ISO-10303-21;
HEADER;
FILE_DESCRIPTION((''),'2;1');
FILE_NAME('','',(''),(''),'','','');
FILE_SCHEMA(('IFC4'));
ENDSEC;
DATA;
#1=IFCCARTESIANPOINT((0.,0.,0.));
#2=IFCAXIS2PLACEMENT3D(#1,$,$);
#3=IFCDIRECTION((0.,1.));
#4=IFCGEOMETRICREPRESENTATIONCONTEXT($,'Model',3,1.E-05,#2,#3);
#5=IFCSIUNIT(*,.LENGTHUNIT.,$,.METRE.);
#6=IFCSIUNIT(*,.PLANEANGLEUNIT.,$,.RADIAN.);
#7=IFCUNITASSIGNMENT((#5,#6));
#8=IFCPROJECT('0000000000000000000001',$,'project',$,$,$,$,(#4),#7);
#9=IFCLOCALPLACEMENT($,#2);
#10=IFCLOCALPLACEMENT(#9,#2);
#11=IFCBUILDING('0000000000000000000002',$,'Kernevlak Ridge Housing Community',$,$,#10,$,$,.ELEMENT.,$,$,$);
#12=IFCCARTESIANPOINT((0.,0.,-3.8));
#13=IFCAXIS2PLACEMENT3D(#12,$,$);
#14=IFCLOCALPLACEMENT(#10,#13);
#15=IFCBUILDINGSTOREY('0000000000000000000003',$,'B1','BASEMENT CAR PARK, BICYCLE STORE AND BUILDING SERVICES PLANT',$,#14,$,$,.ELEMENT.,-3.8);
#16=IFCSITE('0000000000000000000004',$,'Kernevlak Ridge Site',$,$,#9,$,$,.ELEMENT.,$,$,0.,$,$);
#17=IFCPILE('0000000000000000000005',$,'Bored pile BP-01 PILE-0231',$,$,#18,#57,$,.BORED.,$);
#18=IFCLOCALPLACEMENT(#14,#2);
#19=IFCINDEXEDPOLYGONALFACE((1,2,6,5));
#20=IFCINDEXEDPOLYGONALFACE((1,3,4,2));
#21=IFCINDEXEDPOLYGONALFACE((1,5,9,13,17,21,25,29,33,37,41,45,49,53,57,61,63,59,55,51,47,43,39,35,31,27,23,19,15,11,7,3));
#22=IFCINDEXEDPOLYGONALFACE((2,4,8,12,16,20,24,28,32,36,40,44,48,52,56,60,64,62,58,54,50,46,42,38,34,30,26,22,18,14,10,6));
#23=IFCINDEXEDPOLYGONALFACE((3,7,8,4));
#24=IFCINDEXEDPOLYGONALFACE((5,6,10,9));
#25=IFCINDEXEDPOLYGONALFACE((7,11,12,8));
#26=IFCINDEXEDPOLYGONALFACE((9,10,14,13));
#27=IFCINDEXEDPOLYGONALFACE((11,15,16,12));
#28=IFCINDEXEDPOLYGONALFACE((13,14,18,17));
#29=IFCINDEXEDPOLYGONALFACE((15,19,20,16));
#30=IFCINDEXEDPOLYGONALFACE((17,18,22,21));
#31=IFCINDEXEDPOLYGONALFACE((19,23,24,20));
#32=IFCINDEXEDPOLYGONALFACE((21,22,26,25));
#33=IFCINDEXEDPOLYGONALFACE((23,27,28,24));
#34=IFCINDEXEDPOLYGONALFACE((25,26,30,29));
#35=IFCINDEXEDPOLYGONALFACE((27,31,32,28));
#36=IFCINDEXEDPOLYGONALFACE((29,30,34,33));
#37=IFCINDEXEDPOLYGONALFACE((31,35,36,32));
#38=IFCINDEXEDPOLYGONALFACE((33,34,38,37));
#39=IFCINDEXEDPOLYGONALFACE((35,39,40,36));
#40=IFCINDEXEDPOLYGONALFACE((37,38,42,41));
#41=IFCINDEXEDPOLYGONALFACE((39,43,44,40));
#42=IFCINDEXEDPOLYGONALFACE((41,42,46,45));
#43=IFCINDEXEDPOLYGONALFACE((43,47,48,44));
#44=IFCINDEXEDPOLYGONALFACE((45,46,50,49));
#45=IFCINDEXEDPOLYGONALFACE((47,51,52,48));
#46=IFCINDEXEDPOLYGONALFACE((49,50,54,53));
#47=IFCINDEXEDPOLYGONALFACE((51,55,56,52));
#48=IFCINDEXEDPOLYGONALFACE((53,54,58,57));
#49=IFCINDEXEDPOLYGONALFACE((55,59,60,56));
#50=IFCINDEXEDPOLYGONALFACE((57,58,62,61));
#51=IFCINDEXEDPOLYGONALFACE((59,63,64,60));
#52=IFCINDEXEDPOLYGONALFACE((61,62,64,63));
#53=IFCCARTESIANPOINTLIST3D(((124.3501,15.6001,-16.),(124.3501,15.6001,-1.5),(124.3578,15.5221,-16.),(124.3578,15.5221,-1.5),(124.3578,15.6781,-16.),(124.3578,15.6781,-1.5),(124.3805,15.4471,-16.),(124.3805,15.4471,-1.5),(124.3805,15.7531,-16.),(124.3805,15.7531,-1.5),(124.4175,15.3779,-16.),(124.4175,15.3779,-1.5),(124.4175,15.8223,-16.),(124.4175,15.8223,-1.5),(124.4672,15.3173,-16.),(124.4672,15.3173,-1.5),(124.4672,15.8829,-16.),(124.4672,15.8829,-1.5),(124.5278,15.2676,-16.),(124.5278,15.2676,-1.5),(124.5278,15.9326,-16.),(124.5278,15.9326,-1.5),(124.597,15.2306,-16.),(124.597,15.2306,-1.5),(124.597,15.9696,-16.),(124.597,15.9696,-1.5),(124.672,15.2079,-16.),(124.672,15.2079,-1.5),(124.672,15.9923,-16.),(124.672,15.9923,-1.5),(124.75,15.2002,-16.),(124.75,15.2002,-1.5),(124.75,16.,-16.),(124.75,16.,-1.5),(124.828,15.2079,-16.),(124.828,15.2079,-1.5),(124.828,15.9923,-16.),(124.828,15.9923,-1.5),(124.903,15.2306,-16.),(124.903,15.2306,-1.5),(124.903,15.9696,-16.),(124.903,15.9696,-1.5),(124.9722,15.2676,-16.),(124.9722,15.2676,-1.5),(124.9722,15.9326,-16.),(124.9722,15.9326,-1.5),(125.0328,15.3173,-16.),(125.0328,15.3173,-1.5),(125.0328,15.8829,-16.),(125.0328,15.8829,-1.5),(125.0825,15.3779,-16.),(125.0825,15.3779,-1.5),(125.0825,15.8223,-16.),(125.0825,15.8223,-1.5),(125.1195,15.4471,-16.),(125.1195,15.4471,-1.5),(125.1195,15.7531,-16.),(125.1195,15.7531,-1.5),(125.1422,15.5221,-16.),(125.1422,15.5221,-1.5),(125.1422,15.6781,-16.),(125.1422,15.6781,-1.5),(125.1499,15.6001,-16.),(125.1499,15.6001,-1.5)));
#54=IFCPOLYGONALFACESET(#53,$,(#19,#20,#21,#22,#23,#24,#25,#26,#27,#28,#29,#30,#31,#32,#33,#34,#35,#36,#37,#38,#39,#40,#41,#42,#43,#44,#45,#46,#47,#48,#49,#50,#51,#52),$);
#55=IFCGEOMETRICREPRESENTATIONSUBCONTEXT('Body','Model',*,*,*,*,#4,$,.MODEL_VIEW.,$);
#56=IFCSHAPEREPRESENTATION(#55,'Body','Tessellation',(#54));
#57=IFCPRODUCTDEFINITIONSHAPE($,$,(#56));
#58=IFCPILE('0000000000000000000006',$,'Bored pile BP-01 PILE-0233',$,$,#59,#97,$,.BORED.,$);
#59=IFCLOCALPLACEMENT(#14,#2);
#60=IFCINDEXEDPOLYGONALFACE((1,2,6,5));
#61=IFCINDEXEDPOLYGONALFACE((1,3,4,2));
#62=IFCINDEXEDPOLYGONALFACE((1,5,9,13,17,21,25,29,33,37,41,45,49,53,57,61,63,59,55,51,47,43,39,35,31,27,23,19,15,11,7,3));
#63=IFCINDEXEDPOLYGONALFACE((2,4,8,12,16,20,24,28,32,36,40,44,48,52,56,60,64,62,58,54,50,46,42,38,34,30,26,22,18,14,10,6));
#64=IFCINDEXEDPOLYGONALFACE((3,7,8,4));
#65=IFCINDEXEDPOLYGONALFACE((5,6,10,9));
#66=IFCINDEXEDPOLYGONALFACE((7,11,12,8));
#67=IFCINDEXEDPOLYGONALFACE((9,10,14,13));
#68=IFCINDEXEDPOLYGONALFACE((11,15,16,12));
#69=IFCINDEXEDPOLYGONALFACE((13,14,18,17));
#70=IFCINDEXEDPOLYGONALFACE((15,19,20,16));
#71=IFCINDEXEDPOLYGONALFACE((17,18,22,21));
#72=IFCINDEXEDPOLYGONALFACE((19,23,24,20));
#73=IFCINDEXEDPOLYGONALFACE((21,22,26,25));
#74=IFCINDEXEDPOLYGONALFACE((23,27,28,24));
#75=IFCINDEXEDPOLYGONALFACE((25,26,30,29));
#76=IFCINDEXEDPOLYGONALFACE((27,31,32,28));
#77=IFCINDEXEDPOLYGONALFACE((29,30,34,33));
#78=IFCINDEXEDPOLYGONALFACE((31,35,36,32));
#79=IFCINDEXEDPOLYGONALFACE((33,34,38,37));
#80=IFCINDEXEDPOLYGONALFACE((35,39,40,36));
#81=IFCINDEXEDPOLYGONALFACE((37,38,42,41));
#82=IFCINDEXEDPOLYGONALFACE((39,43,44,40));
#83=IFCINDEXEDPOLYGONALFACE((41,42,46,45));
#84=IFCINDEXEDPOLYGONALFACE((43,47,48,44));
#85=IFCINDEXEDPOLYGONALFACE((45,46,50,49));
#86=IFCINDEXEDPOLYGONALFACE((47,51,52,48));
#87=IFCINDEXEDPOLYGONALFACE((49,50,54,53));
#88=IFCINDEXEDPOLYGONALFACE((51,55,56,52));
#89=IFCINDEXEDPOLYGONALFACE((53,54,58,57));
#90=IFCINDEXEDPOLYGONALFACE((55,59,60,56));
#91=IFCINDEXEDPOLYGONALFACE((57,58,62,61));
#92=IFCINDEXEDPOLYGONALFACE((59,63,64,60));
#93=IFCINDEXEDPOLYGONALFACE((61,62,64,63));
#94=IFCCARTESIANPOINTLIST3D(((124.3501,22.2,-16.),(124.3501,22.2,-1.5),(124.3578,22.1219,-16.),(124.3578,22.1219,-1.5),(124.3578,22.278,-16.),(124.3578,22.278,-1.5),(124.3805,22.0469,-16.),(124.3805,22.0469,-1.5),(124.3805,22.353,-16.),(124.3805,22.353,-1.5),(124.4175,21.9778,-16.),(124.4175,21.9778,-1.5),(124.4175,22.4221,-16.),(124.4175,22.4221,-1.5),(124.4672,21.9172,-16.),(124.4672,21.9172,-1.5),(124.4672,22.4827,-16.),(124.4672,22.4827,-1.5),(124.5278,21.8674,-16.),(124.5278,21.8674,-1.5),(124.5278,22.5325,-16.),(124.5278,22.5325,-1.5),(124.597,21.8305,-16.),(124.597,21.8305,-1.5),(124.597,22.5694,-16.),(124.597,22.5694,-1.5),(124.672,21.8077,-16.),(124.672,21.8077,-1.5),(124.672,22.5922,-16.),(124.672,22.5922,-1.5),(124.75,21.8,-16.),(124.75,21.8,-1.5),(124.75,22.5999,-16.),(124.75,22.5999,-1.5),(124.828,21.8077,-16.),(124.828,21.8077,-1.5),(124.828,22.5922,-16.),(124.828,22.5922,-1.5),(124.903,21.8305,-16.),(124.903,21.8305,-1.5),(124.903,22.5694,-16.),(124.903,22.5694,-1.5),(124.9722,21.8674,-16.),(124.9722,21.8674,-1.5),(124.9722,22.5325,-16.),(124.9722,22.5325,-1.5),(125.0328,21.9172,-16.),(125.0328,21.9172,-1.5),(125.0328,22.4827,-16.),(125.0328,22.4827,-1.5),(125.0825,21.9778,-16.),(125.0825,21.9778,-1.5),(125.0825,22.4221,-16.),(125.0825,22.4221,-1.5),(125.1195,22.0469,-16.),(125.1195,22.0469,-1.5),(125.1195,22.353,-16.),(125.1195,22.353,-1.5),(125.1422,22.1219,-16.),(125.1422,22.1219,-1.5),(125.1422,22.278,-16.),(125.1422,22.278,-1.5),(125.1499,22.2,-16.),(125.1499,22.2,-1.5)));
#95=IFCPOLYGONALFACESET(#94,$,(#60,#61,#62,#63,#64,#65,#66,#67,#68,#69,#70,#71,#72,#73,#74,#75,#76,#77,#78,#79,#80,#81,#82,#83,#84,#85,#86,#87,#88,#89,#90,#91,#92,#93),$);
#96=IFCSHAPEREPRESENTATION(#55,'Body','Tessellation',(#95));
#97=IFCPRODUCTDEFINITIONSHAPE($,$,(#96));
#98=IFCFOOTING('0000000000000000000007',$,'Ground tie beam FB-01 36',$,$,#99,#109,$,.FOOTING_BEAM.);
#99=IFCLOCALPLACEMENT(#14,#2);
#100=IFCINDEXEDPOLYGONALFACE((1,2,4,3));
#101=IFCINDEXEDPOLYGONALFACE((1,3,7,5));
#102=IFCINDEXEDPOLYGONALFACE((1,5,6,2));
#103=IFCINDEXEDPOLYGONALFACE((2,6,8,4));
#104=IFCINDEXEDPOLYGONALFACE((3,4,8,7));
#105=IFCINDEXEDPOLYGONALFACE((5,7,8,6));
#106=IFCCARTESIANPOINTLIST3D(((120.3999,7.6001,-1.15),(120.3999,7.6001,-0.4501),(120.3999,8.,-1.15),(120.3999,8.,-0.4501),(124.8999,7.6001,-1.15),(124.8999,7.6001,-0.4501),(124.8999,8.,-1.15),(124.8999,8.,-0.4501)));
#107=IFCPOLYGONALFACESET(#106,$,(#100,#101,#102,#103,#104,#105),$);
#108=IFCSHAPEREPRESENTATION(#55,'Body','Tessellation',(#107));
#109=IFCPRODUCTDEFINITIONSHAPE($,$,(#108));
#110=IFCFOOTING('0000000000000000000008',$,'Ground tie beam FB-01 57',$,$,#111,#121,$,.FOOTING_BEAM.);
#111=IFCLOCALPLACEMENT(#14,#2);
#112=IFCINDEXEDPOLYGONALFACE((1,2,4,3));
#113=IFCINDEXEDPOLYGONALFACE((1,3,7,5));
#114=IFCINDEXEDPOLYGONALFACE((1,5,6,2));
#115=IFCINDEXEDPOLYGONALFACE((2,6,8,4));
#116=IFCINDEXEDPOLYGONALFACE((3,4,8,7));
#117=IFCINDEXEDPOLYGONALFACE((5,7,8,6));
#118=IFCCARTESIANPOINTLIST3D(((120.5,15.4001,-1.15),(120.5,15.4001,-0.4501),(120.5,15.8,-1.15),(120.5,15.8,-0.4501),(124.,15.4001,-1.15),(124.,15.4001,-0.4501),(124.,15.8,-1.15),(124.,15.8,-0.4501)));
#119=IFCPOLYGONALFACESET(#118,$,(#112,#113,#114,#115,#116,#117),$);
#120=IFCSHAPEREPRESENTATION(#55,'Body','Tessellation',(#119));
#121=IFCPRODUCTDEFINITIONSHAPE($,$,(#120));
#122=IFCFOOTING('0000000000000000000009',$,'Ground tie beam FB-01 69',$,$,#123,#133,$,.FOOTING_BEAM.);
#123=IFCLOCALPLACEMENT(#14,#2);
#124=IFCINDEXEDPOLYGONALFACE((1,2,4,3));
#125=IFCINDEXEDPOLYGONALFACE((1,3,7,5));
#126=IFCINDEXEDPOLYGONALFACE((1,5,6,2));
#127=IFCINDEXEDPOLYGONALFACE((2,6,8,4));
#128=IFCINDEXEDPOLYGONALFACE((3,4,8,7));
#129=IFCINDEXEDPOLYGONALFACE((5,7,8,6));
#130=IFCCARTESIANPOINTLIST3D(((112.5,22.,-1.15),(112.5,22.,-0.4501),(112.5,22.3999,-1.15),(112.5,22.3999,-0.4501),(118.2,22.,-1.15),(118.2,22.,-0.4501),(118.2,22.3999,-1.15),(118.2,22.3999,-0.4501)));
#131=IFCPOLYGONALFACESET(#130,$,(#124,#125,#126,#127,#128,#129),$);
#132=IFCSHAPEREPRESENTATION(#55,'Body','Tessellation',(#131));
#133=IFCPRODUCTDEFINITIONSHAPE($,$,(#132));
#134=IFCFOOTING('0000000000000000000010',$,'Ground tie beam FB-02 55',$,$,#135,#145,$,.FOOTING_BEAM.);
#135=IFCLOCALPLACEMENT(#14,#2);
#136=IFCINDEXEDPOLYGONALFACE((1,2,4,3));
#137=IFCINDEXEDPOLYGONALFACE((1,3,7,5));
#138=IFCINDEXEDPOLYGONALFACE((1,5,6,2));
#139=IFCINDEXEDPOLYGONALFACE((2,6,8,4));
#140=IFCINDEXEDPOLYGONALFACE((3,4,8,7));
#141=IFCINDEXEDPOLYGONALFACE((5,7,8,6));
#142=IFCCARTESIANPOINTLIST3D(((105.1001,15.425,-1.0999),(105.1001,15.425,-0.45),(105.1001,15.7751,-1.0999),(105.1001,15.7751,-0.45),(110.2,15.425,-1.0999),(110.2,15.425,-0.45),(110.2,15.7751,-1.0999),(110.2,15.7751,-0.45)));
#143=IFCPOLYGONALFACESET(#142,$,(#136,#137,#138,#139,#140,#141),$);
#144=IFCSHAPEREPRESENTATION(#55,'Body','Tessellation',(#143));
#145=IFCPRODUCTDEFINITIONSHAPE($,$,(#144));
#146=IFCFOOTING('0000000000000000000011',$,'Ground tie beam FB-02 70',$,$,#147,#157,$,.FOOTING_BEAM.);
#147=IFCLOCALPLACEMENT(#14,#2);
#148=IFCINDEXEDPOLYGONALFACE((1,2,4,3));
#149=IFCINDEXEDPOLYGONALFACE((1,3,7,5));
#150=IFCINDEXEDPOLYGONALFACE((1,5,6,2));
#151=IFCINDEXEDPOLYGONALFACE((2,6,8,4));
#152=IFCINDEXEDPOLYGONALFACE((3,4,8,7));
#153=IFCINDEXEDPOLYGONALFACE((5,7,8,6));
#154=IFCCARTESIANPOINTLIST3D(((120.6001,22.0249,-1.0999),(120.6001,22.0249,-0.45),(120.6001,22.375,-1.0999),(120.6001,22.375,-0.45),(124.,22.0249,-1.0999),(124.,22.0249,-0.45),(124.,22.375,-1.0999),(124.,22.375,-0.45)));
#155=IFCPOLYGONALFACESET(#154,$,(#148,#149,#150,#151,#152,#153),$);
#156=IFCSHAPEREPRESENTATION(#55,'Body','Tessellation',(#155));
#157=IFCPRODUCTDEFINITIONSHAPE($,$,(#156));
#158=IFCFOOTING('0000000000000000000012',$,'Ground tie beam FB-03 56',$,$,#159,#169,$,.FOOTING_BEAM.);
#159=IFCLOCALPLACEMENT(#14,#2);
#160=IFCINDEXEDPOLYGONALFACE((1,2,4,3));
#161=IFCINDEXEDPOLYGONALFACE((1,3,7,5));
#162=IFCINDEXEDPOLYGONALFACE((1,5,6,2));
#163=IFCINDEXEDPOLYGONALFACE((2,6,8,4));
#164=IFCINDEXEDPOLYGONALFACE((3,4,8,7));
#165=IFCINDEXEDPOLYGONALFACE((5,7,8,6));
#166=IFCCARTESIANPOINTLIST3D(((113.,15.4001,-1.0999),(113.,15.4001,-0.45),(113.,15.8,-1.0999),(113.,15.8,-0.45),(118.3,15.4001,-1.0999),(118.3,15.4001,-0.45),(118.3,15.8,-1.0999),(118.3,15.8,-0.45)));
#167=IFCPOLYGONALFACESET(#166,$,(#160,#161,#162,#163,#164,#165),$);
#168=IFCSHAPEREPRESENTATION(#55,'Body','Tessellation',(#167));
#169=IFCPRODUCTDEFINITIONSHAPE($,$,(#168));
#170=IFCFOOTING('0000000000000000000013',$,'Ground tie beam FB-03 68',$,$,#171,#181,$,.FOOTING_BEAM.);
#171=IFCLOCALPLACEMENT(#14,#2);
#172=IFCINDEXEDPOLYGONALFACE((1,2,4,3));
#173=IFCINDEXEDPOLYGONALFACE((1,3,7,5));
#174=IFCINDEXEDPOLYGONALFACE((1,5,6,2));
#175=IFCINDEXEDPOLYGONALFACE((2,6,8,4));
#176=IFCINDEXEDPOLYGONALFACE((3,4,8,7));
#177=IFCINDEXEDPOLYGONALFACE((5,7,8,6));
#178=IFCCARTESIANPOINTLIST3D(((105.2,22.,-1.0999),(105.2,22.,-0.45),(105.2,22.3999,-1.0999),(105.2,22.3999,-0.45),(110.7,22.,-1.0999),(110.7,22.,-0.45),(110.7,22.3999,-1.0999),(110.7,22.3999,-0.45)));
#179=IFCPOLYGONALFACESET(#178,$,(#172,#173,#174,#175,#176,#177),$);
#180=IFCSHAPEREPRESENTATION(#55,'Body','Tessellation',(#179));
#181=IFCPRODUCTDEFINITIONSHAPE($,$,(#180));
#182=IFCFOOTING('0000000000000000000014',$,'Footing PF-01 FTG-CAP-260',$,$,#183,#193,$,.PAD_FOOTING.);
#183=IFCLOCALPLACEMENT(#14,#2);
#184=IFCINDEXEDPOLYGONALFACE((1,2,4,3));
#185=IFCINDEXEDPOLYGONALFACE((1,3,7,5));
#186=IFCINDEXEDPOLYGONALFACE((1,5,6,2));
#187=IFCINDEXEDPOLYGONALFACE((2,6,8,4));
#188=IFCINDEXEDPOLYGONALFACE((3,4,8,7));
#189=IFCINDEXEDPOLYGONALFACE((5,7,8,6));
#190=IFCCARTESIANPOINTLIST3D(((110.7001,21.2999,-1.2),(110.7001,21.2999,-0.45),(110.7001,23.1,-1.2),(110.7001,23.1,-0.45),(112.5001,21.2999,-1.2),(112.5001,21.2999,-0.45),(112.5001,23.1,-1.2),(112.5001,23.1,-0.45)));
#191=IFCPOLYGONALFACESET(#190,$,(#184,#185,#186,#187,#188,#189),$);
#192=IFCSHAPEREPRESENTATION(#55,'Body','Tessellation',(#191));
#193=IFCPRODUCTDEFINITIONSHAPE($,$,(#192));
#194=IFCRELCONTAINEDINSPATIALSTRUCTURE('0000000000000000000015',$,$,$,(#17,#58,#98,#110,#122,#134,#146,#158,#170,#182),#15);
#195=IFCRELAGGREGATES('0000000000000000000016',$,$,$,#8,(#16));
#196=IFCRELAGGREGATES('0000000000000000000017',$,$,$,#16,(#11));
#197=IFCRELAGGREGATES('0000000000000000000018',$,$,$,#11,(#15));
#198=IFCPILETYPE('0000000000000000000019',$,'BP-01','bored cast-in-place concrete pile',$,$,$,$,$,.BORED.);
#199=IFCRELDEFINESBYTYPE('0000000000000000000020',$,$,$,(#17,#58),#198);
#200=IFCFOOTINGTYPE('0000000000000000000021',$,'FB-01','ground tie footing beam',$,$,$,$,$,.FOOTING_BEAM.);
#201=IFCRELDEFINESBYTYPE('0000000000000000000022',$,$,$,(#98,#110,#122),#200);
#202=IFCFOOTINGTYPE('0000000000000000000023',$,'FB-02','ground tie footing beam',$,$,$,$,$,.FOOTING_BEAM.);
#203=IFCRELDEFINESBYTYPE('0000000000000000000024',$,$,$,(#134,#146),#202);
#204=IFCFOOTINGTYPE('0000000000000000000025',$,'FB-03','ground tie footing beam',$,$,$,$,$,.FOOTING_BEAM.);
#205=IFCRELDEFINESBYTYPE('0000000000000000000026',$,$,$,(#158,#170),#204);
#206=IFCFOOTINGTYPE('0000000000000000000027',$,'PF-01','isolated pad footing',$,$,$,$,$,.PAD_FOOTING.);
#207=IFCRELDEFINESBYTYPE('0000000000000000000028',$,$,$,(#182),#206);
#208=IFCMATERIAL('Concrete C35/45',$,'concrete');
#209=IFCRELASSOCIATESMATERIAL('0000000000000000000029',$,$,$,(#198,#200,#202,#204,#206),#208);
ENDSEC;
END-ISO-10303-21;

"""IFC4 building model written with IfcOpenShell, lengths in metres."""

from ifc_helpers import new_model, si_unit, direction, frame, origin, origin_2d, place, context, subcontext, project, spatial, rectangle, circle, extrude, material, material_profile, profile_set, type_object, element, save


model = new_model("IFC4")

# Units and contexts
model_context = context("Model", 3, precision=1e-05, world=origin(), true_north=direction((0.0, 1.0)))
body_context = subcontext(model_context, "Body", "Model", "MODEL_VIEW")
ifc_project = project(units=[si_unit("LENGTHUNIT", "METRE"), si_unit("PLANEANGLEUNIT", "RADIAN")], contexts=[model_context])

# Site, building, storey
site_placement = place(None, origin())
site = spatial("IfcSite", under=ifc_project, at=site_placement, Name="Kernevlak Ridge Site", CompositionType="ELEMENT", RefElevation=0.0)
building_placement = place(site_placement, origin())
building = spatial("IfcBuilding", under=site, at=building_placement, Name="Kernevlak Ridge Housing Community", CompositionType="ELEMENT")
storey_placement = place(building_placement, frame((0.0, 0.0, -3.8)))
storey = spatial("IfcBuildingStorey", under=building, at=storey_placement, Name="B1", Description="BASEMENT CAR PARK, BICYCLE STORE AND BUILDING SERVICES PLANT", CompositionType="ELEMENT", Elevation=-3.8)

# Piles
ifc_material_1 = material(Name="Concrete C35/45", Category="concrete")
ifc_material_profile_1 = material_profile(ifc_material_1, circle(Radius=0.3999, at=origin_2d()), Name="BORED PILE 800")
ifc_profile_set_1 = profile_set([ifc_material_profile_1], Name="Concrete C35/45")
pile_type = type_object("IfcPileType", Name="BP-01", Description="bored cast-in-place concrete pile", PredefinedType="BORED", material=ifc_profile_set_1)
for number, where, z_axis, x_axis, name in (
    (1, (124.75, 15.6001, -1.5), (0.0, 0.0, -1.0), (1.0, 0.0, 0.0), "Bored pile BP-01 PILE-0231"),
    (2, (124.75, 22.2, -1.5), (0.0, 0.0, -1.0), (1.0, 0.0, 0.0), "Bored pile BP-01 PILE-0233"),
):
    element("IfcPile", number, at=place(storey_placement, frame(where, z_axis=z_axis, x_axis=x_axis)), inside=storey, type_object=pile_type, Name=name, PredefinedType="BORED", context=body_context, shape_type="SweptSolid", body=[
        extrude(circle(Radius=0.3999, at=origin_2d()), origin(), (0.0, 0.0, 1.0), 14.5),
    ])

# Footings
ifc_material_profile_2 = material_profile(ifc_material_1, rectangle(XDim=0.3999, YDim=0.7, at=origin_2d()), Name="RC 400x700")
ifc_profile_set_2 = profile_set([ifc_material_profile_2], Name="Concrete C35/45")
footing_type_1 = type_object("IfcFootingType", Name="FB-01", Description="ground tie footing beam", PredefinedType="FOOTING_BEAM", material=ifc_profile_set_2)
footing_1_placement = place(storey_placement, frame((120.3999, 7.8, -0.8), z_axis=(1.0, 0.0, 0.0), x_axis=(0.0, 1.0, 0.0)))
element("IfcFooting", 3, at=footing_1_placement, inside=storey, type_object=footing_type_1, Name="Ground tie beam FB-01 36", PredefinedType="FOOTING_BEAM", context=body_context, shape_type="SweptSolid", body=[
    extrude(rectangle(XDim=0.3999, YDim=0.7, at=origin_2d()), origin(), (0.0, 0.0, 1.0), 4.5),
])
footing_2_placement = place(storey_placement, frame((120.5, 15.6001, -0.8), z_axis=(1.0, 0.0, 0.0), x_axis=(0.0, 1.0, 0.0)))
element("IfcFooting", 4, at=footing_2_placement, inside=storey, type_object=footing_type_1, Name="Ground tie beam FB-01 57", PredefinedType="FOOTING_BEAM", context=body_context, shape_type="SweptSolid", body=[
    extrude(rectangle(XDim=0.3999, YDim=0.7, at=origin_2d()), origin(), (0.0, 0.0, 1.0), 3.5),
])
footing_3_placement = place(storey_placement, frame((112.5, 22.2, -0.8), z_axis=(1.0, 0.0, 0.0), x_axis=(0.0, 1.0, 0.0)))
element("IfcFooting", 5, at=footing_3_placement, inside=storey, type_object=footing_type_1, Name="Ground tie beam FB-01 69", PredefinedType="FOOTING_BEAM", context=body_context, shape_type="SweptSolid", body=[
    extrude(rectangle(XDim=0.3999, YDim=0.7, at=origin_2d()), origin(), (0.0, 0.0, 1.0), 5.7),
])
ifc_material_profile_3 = material_profile(ifc_material_1, rectangle(XDim=0.3501, YDim=0.6499, at=origin_2d()), Name="RC 350x650")
ifc_profile_set_3 = profile_set([ifc_material_profile_3], Name="Concrete C35/45")
footing_type_2 = type_object("IfcFootingType", Name="FB-02", Description="ground tie footing beam", PredefinedType="FOOTING_BEAM", material=ifc_profile_set_3)
footing_4_placement = place(storey_placement, frame((105.1001, 15.6001, -0.7749), z_axis=(1.0, 0.0, 0.0), x_axis=(0.0, 1.0, 0.0)))
element("IfcFooting", 6, at=footing_4_placement, inside=storey, type_object=footing_type_2, Name="Ground tie beam FB-02 55", PredefinedType="FOOTING_BEAM", context=body_context, shape_type="SweptSolid", body=[
    extrude(rectangle(XDim=0.3501, YDim=0.6499, at=origin_2d()), origin(), (0.0, 0.0, 1.0), 5.0999),
])
footing_5_placement = place(storey_placement, frame((120.6001, 22.2, -0.7749), z_axis=(1.0, 0.0, 0.0), x_axis=(0.0, 1.0, 0.0)))
element("IfcFooting", 7, at=footing_5_placement, inside=storey, type_object=footing_type_2, Name="Ground tie beam FB-02 70", PredefinedType="FOOTING_BEAM", context=body_context, shape_type="SweptSolid", body=[
    extrude(rectangle(XDim=0.3501, YDim=0.6499, at=origin_2d()), origin(), (0.0, 0.0, 1.0), 3.3999),
])
ifc_material_profile_4 = material_profile(ifc_material_1, rectangle(XDim=0.3999, YDim=0.6499, at=origin_2d()), Name="RC 400x650")
ifc_profile_set_4 = profile_set([ifc_material_profile_4], Name="Concrete C35/45")
footing_type_3 = type_object("IfcFootingType", Name="FB-03", Description="ground tie footing beam", PredefinedType="FOOTING_BEAM", material=ifc_profile_set_4)
footing_6_placement = place(storey_placement, frame((113.0, 15.6001, -0.7749), z_axis=(1.0, 0.0, 0.0), x_axis=(0.0, 1.0, 0.0)))
element("IfcFooting", 8, at=footing_6_placement, inside=storey, type_object=footing_type_3, Name="Ground tie beam FB-03 56", PredefinedType="FOOTING_BEAM", context=body_context, shape_type="SweptSolid", body=[
    extrude(rectangle(XDim=0.3999, YDim=0.6499, at=origin_2d()), origin(), (0.0, 0.0, 1.0), 5.3),
])
footing_7_placement = place(storey_placement, frame((105.2, 22.2, -0.7749), z_axis=(1.0, 0.0, 0.0), x_axis=(0.0, 1.0, 0.0)))
element("IfcFooting", 9, at=footing_7_placement, inside=storey, type_object=footing_type_3, Name="Ground tie beam FB-03 68", PredefinedType="FOOTING_BEAM", context=body_context, shape_type="SweptSolid", body=[
    extrude(rectangle(XDim=0.3999, YDim=0.6499, at=origin_2d()), origin(), (0.0, 0.0, 1.0), 5.5),
])
footing_type_4 = type_object("IfcFootingType", Name="PF-01", Description="isolated pad footing", PredefinedType="PAD_FOOTING", material=ifc_material_1)
footing_8_placement = place(storey_placement, frame((111.6001, 22.2, -1.2), z_axis=(0.0, 0.0, 1.0), x_axis=(1.0, 0.0, 0.0)))
element("IfcFooting", 10, at=footing_8_placement, inside=storey, type_object=footing_type_4, Name="Footing PF-01 FTG-CAP-260", PredefinedType="PAD_FOOTING", context=body_context, shape_type="SweptSolid", body=[
    extrude(rectangle(XDim=1.8, YDim=1.8, at=origin_2d()), origin(), (0.0, 0.0, 1.0), 0.75),
])

save(model, "model.ifc")
